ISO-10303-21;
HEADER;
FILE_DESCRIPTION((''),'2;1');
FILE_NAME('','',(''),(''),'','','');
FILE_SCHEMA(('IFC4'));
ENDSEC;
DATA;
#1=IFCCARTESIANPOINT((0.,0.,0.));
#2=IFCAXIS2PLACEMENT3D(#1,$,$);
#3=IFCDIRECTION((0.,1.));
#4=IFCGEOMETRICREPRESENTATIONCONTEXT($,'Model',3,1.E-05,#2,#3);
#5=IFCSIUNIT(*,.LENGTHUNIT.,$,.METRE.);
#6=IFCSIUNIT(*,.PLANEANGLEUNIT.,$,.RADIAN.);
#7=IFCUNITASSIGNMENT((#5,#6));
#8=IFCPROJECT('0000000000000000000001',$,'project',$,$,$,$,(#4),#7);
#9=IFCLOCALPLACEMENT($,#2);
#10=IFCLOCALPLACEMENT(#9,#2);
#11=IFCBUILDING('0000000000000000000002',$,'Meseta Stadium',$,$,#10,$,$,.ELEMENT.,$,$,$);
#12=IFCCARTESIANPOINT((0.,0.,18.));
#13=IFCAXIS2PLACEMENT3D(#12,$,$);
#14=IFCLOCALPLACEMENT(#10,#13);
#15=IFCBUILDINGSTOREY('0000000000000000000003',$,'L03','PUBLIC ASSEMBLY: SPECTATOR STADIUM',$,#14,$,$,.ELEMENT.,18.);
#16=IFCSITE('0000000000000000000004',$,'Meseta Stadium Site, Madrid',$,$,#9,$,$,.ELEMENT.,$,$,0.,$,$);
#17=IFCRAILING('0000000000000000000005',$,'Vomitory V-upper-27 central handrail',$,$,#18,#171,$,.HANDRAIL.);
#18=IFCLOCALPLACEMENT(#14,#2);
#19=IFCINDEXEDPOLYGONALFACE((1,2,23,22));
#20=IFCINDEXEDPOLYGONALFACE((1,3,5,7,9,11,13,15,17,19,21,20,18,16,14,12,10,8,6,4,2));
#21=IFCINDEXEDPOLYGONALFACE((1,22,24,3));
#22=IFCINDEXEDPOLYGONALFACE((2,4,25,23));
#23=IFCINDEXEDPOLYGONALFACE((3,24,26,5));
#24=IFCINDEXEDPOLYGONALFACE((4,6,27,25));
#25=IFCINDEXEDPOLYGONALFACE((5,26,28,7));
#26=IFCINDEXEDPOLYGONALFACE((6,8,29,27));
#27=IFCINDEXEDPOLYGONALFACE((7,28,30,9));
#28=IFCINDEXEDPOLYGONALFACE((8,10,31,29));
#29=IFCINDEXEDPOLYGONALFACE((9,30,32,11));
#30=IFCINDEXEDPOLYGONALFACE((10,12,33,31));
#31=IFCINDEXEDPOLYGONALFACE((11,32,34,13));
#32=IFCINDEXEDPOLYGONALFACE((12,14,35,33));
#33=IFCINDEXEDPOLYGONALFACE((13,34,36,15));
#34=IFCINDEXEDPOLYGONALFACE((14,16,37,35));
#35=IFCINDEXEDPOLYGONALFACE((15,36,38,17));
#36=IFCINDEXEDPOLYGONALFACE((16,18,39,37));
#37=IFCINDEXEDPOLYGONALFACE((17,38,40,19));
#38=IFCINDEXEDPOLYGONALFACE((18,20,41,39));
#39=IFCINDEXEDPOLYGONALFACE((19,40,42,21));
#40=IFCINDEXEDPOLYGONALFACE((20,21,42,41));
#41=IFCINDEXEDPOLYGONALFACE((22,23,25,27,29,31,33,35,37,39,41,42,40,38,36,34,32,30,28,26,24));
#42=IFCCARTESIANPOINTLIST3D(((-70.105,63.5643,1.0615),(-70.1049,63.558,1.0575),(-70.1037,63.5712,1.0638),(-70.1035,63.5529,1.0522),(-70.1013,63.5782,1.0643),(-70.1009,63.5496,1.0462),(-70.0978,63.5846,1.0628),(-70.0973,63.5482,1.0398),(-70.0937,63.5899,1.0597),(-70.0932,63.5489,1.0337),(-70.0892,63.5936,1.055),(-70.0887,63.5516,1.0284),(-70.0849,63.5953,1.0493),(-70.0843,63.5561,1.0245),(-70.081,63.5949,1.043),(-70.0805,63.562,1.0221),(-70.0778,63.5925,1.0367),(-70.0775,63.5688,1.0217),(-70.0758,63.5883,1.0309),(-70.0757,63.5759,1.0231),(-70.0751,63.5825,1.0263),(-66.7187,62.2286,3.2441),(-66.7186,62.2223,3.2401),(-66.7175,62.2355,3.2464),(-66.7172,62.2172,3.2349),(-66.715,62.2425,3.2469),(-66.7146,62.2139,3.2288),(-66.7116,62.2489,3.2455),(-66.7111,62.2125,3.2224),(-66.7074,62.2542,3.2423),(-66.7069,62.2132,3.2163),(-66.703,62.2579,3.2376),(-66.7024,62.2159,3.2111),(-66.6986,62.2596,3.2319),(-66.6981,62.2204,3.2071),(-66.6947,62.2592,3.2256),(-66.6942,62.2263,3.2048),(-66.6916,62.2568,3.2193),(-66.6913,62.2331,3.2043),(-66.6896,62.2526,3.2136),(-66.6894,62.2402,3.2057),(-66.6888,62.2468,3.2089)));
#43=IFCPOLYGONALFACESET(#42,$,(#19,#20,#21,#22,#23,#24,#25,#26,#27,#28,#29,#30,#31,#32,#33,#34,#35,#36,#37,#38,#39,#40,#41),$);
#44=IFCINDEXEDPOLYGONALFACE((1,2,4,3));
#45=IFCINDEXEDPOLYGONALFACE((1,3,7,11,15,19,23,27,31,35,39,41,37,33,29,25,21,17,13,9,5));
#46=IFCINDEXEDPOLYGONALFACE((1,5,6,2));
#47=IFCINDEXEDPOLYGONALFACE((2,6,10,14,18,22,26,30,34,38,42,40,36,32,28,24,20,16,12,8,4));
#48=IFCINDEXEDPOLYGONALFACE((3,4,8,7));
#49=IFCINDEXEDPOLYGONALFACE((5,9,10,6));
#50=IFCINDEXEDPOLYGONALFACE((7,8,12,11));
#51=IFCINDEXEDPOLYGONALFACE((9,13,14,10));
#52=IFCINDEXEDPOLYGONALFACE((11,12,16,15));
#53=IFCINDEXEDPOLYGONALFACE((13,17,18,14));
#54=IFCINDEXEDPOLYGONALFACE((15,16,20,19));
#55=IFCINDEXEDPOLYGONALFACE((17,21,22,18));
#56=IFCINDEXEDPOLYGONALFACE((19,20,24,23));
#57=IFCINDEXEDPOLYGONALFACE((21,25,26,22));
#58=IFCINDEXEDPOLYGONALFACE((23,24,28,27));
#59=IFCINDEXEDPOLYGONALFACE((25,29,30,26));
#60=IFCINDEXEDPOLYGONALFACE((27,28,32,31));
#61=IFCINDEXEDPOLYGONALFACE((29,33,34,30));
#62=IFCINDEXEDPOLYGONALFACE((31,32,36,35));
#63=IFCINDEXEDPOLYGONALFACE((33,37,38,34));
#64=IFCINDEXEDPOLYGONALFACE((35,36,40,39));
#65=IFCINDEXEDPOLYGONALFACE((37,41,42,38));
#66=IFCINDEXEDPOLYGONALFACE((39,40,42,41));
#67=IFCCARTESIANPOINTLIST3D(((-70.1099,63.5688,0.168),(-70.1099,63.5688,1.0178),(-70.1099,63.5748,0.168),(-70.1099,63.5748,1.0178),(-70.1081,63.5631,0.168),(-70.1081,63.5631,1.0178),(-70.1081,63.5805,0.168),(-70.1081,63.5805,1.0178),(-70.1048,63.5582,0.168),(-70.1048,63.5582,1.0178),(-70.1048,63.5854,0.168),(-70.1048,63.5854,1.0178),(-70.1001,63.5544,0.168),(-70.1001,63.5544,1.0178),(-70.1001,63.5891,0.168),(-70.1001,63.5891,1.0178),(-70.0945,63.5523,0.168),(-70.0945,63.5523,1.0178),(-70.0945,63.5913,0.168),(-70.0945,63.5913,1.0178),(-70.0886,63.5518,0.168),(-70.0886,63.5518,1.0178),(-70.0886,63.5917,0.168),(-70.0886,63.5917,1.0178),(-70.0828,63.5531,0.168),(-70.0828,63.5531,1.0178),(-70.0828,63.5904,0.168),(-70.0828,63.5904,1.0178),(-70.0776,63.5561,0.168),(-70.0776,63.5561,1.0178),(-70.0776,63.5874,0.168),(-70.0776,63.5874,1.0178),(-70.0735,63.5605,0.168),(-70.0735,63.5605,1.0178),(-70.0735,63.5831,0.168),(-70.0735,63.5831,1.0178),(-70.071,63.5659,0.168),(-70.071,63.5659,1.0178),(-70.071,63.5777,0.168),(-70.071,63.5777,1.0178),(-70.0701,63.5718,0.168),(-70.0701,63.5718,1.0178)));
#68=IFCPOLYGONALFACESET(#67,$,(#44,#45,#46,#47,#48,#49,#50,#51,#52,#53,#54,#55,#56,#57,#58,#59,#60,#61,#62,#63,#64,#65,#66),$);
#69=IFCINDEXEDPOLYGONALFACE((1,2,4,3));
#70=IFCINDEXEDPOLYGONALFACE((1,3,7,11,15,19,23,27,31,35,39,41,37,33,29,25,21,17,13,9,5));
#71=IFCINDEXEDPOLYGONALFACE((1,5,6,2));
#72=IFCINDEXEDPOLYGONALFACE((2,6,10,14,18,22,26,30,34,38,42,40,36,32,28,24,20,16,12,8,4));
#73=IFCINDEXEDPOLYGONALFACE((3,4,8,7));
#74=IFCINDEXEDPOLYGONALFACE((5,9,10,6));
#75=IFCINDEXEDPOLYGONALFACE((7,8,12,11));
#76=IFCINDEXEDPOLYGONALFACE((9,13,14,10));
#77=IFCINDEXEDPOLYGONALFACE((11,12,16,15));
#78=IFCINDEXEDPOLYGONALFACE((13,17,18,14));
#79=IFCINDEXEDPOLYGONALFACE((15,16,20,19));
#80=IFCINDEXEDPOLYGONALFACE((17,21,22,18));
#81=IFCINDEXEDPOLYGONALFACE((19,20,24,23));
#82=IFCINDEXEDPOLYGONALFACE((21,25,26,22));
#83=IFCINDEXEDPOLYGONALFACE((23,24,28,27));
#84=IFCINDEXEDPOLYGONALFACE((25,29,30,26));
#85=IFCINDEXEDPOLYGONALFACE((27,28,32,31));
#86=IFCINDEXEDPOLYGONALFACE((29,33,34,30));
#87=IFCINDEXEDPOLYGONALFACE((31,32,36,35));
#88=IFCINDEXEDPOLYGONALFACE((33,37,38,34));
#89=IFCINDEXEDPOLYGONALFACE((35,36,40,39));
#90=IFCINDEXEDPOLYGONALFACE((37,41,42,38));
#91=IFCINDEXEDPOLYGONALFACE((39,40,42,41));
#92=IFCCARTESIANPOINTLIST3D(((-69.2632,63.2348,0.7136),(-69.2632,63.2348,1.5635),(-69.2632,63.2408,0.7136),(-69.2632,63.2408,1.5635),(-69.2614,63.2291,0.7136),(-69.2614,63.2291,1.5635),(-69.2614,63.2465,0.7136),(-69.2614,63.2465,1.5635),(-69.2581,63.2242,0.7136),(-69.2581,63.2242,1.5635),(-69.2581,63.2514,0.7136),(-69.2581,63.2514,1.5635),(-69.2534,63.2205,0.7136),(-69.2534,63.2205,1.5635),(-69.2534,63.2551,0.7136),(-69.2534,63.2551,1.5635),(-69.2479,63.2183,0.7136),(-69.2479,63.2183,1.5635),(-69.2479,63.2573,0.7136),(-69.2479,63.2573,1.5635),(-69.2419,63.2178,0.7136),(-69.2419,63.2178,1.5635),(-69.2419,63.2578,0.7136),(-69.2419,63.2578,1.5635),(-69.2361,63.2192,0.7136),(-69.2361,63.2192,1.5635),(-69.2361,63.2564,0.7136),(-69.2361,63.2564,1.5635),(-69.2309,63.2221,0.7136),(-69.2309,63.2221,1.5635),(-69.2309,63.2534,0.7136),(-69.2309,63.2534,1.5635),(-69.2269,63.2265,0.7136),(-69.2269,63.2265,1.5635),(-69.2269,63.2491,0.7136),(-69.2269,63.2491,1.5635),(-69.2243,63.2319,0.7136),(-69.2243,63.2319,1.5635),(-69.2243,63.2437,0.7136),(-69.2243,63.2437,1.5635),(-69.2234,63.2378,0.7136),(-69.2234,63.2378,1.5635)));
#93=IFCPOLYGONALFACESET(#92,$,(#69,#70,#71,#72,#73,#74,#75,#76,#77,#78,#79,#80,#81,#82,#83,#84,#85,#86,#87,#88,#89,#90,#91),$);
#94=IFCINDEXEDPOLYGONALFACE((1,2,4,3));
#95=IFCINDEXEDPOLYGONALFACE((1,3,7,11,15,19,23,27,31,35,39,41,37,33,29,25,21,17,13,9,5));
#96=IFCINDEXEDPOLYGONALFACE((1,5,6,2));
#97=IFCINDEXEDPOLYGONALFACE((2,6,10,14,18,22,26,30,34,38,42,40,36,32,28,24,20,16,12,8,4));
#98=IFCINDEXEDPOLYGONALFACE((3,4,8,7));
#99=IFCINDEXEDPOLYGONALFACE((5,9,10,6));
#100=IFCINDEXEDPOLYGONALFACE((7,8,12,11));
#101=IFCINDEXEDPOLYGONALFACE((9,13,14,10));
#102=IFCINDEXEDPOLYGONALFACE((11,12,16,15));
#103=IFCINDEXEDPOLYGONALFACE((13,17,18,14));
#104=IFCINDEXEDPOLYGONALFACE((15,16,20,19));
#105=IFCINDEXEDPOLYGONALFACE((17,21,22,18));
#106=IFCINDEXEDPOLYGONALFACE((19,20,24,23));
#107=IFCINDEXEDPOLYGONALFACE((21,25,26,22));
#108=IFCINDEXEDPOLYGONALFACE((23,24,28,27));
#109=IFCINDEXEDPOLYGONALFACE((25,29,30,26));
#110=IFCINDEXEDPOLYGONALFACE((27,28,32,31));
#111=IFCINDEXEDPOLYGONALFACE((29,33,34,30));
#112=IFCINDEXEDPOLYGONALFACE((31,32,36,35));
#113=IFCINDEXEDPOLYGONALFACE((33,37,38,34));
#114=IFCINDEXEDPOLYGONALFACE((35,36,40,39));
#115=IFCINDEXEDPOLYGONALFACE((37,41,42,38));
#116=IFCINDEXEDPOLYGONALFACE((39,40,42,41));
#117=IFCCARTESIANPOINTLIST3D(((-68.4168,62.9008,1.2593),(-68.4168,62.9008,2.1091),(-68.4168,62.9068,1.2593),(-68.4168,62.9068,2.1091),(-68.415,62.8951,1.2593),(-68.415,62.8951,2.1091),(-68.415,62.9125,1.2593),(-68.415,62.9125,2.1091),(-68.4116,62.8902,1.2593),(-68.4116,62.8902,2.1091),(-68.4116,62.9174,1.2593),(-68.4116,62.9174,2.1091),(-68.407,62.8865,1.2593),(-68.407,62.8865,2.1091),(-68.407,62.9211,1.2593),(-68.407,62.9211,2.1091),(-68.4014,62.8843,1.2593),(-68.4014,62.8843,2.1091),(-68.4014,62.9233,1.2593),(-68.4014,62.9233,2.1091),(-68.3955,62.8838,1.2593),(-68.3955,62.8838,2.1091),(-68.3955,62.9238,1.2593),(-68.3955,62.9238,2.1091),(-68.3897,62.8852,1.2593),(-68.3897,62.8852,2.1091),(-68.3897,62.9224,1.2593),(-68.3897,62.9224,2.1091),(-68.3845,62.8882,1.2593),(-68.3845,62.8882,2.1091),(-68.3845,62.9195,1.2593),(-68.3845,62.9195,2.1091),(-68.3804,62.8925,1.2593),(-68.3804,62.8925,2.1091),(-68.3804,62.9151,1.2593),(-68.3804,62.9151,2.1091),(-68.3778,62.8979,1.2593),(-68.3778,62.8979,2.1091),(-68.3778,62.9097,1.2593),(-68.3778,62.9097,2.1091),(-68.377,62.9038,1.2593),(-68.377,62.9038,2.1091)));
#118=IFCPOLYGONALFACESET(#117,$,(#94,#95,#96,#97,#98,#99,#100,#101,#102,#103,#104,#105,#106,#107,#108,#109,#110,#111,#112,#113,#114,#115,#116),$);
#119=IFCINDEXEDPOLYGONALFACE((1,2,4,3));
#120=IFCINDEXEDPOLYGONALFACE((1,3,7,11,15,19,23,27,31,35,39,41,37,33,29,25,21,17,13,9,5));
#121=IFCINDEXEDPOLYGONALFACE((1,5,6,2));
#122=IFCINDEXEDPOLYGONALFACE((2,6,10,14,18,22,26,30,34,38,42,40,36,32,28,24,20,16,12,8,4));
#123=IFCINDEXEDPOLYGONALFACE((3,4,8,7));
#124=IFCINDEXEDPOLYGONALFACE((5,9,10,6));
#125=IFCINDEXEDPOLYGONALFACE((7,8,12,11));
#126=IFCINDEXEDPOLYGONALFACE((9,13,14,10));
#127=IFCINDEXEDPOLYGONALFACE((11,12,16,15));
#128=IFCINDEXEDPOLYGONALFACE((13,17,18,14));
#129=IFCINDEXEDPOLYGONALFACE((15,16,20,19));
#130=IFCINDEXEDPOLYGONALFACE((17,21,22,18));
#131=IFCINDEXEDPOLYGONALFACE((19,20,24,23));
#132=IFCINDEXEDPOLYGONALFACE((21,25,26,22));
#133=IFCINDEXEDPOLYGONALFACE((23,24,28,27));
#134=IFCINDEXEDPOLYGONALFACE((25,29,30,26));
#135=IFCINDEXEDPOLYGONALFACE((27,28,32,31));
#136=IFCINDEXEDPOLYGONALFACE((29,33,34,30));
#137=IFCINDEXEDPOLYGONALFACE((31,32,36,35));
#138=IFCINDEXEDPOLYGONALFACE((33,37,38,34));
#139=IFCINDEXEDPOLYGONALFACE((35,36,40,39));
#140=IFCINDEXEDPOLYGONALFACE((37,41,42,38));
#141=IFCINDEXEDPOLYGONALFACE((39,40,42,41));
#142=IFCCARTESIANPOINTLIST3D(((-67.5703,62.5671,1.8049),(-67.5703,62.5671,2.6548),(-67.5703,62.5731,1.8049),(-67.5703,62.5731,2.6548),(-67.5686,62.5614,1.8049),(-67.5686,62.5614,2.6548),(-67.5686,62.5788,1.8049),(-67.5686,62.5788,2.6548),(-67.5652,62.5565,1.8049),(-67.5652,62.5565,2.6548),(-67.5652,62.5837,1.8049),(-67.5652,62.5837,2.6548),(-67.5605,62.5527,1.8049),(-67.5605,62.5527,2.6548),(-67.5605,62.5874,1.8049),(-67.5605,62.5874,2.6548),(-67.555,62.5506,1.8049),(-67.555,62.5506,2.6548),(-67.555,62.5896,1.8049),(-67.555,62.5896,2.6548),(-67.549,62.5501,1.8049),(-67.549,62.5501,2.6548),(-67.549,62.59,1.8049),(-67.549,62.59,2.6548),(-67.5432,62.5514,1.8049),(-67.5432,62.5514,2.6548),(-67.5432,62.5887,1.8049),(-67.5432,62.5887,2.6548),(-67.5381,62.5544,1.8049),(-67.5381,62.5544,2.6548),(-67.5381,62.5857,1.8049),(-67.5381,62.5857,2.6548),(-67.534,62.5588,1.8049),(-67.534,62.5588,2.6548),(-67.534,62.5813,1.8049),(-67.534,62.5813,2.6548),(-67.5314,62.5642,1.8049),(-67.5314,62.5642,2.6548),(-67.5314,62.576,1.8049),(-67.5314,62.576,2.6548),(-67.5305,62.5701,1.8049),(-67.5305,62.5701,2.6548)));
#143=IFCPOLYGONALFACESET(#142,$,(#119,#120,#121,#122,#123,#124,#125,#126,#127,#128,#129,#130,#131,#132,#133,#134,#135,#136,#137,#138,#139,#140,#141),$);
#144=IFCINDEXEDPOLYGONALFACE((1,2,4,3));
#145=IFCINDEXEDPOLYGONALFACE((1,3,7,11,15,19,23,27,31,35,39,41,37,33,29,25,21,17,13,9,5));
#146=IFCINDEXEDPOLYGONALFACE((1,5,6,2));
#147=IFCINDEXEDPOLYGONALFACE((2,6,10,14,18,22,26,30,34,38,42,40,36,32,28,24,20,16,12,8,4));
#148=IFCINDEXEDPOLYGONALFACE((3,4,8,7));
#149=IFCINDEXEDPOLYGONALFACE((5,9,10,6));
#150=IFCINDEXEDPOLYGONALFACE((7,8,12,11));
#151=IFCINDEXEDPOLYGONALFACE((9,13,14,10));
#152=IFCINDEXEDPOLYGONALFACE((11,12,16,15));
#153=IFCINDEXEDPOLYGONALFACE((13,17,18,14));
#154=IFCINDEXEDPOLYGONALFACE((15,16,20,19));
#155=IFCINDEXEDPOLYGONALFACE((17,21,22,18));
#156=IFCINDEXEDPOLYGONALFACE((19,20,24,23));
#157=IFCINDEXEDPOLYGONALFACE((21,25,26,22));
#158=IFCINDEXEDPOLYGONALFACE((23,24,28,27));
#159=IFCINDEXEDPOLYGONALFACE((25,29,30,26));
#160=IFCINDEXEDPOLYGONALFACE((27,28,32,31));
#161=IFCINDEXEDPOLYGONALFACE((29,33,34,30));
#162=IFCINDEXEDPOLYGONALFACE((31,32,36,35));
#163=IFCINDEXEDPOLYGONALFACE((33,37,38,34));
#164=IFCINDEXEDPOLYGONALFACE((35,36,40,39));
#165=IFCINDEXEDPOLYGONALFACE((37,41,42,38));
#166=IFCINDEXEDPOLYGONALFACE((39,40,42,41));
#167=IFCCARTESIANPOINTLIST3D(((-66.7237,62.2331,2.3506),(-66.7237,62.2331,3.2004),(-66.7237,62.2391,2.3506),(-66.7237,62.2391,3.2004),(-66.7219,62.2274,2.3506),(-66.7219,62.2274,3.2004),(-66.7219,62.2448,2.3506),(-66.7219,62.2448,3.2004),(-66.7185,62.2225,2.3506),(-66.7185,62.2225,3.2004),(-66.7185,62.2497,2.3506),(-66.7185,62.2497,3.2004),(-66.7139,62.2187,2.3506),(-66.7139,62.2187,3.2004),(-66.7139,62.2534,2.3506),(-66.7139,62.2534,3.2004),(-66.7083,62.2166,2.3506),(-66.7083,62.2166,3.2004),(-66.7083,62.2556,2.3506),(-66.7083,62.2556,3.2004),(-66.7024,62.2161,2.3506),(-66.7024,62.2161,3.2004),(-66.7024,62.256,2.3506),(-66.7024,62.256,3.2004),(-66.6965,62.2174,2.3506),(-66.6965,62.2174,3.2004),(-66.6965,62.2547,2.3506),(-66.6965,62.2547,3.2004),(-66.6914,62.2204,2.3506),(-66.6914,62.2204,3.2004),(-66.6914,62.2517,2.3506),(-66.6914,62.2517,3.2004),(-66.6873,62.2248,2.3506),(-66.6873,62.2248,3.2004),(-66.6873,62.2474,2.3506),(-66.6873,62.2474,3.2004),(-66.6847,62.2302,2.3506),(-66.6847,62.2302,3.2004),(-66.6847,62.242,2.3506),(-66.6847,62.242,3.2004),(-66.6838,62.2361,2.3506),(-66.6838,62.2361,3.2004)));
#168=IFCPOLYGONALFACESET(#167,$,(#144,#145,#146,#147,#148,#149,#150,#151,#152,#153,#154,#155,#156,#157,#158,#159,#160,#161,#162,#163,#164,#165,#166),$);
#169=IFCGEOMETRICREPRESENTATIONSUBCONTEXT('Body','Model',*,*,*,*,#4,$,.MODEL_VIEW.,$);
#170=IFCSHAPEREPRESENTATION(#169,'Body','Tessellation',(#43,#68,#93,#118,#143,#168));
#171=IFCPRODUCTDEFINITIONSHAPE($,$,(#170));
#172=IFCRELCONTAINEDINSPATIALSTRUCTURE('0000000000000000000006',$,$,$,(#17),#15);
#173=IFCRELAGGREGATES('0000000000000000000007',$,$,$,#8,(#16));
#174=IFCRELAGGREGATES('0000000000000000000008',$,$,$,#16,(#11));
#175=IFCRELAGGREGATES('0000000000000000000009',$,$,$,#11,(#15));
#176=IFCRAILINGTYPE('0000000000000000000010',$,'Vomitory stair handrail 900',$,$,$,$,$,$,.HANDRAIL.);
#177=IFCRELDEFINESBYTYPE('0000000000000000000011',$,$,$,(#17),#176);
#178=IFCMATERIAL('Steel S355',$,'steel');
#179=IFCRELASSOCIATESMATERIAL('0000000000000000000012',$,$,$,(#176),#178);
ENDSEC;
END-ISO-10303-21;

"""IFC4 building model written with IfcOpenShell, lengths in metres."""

from ifc_helpers import new_model, si_unit, direction, frame, origin, origin_2d, place, context, subcontext, project, spatial, circle, extrude, material, type_object, element, save


model = new_model("IFC4")

# Units and contexts
model_context = context("Model", 3, precision=1e-05, world=origin(), true_north=direction((0.0, 1.0)))
body_context = subcontext(model_context, "Body", "Model", "MODEL_VIEW")
ifc_project = project(units=[si_unit("LENGTHUNIT", "METRE"), si_unit("PLANEANGLEUNIT", "RADIAN")], contexts=[model_context])

# Site, building, storey
site_placement = place(None, origin())
site = spatial("IfcSite", under=ifc_project, at=site_placement, Name="Meseta Stadium Site, Madrid", CompositionType="ELEMENT", RefElevation=0.0)
building_placement = place(site_placement, origin())
building = spatial("IfcBuilding", under=site, at=building_placement, Name="Meseta Stadium", CompositionType="ELEMENT")
storey_placement = place(building_placement, frame((0.0, 0.0, 18.0)))
storey = spatial("IfcBuildingStorey", under=building, at=storey_placement, Name="L03", Description="PUBLIC ASSEMBLY: SPECTATOR STADIUM", CompositionType="ELEMENT", Elevation=18.0)

# Railing
ifc_material_1 = material(Name="Steel S355", Category="steel")
railing_type_1 = type_object("IfcRailingType", Name="Vomitory stair handrail 900", PredefinedType="HANDRAIL", material=ifc_material_1)
railing_1_placement = place(storey_placement, frame((-70.0901, 63.5718, 0.168)))
element("IfcRailing", 1, at=railing_1_placement, inside=storey, type_object=railing_type_1, Name="Vomitory V-upper-27 central handrail", PredefinedType="HANDRAIL", context=body_context, shape_type="SweptSolid", body=[
    extrude(circle(Radius=0.0249, at=origin_2d()), frame((0.0, 0.0, 0.875), z_axis=(0.797822, -0.3147, 0.514241), x_axis=(0.366934, 0.930247, 0.0)), (0.0, 0.0, 1.0), 4.2444),
    extrude(circle(Radius=0.02, at=origin_2d()), origin(), (0.0, 0.0, 1.0), 0.8499),
    extrude(circle(Radius=0.02, at=origin_2d()), frame((0.8467, -0.334, 0.5457)), (0.0, 0.0, 1.0), 0.8499),
    extrude(circle(Radius=0.02, at=origin_2d()), frame((1.6931, -0.668, 1.0913)), (0.0, 0.0, 1.0), 0.8499),
    extrude(circle(Radius=0.02, at=origin_2d()), frame((2.5396, -1.0017, 1.637)), (0.0, 0.0, 1.0), 0.8499),
    extrude(circle(Radius=0.02, at=origin_2d()), frame((3.3862, -1.3357, 2.1826)), (0.0, 0.0, 1.0), 0.8499),
])

save(model, "model.ifc")
